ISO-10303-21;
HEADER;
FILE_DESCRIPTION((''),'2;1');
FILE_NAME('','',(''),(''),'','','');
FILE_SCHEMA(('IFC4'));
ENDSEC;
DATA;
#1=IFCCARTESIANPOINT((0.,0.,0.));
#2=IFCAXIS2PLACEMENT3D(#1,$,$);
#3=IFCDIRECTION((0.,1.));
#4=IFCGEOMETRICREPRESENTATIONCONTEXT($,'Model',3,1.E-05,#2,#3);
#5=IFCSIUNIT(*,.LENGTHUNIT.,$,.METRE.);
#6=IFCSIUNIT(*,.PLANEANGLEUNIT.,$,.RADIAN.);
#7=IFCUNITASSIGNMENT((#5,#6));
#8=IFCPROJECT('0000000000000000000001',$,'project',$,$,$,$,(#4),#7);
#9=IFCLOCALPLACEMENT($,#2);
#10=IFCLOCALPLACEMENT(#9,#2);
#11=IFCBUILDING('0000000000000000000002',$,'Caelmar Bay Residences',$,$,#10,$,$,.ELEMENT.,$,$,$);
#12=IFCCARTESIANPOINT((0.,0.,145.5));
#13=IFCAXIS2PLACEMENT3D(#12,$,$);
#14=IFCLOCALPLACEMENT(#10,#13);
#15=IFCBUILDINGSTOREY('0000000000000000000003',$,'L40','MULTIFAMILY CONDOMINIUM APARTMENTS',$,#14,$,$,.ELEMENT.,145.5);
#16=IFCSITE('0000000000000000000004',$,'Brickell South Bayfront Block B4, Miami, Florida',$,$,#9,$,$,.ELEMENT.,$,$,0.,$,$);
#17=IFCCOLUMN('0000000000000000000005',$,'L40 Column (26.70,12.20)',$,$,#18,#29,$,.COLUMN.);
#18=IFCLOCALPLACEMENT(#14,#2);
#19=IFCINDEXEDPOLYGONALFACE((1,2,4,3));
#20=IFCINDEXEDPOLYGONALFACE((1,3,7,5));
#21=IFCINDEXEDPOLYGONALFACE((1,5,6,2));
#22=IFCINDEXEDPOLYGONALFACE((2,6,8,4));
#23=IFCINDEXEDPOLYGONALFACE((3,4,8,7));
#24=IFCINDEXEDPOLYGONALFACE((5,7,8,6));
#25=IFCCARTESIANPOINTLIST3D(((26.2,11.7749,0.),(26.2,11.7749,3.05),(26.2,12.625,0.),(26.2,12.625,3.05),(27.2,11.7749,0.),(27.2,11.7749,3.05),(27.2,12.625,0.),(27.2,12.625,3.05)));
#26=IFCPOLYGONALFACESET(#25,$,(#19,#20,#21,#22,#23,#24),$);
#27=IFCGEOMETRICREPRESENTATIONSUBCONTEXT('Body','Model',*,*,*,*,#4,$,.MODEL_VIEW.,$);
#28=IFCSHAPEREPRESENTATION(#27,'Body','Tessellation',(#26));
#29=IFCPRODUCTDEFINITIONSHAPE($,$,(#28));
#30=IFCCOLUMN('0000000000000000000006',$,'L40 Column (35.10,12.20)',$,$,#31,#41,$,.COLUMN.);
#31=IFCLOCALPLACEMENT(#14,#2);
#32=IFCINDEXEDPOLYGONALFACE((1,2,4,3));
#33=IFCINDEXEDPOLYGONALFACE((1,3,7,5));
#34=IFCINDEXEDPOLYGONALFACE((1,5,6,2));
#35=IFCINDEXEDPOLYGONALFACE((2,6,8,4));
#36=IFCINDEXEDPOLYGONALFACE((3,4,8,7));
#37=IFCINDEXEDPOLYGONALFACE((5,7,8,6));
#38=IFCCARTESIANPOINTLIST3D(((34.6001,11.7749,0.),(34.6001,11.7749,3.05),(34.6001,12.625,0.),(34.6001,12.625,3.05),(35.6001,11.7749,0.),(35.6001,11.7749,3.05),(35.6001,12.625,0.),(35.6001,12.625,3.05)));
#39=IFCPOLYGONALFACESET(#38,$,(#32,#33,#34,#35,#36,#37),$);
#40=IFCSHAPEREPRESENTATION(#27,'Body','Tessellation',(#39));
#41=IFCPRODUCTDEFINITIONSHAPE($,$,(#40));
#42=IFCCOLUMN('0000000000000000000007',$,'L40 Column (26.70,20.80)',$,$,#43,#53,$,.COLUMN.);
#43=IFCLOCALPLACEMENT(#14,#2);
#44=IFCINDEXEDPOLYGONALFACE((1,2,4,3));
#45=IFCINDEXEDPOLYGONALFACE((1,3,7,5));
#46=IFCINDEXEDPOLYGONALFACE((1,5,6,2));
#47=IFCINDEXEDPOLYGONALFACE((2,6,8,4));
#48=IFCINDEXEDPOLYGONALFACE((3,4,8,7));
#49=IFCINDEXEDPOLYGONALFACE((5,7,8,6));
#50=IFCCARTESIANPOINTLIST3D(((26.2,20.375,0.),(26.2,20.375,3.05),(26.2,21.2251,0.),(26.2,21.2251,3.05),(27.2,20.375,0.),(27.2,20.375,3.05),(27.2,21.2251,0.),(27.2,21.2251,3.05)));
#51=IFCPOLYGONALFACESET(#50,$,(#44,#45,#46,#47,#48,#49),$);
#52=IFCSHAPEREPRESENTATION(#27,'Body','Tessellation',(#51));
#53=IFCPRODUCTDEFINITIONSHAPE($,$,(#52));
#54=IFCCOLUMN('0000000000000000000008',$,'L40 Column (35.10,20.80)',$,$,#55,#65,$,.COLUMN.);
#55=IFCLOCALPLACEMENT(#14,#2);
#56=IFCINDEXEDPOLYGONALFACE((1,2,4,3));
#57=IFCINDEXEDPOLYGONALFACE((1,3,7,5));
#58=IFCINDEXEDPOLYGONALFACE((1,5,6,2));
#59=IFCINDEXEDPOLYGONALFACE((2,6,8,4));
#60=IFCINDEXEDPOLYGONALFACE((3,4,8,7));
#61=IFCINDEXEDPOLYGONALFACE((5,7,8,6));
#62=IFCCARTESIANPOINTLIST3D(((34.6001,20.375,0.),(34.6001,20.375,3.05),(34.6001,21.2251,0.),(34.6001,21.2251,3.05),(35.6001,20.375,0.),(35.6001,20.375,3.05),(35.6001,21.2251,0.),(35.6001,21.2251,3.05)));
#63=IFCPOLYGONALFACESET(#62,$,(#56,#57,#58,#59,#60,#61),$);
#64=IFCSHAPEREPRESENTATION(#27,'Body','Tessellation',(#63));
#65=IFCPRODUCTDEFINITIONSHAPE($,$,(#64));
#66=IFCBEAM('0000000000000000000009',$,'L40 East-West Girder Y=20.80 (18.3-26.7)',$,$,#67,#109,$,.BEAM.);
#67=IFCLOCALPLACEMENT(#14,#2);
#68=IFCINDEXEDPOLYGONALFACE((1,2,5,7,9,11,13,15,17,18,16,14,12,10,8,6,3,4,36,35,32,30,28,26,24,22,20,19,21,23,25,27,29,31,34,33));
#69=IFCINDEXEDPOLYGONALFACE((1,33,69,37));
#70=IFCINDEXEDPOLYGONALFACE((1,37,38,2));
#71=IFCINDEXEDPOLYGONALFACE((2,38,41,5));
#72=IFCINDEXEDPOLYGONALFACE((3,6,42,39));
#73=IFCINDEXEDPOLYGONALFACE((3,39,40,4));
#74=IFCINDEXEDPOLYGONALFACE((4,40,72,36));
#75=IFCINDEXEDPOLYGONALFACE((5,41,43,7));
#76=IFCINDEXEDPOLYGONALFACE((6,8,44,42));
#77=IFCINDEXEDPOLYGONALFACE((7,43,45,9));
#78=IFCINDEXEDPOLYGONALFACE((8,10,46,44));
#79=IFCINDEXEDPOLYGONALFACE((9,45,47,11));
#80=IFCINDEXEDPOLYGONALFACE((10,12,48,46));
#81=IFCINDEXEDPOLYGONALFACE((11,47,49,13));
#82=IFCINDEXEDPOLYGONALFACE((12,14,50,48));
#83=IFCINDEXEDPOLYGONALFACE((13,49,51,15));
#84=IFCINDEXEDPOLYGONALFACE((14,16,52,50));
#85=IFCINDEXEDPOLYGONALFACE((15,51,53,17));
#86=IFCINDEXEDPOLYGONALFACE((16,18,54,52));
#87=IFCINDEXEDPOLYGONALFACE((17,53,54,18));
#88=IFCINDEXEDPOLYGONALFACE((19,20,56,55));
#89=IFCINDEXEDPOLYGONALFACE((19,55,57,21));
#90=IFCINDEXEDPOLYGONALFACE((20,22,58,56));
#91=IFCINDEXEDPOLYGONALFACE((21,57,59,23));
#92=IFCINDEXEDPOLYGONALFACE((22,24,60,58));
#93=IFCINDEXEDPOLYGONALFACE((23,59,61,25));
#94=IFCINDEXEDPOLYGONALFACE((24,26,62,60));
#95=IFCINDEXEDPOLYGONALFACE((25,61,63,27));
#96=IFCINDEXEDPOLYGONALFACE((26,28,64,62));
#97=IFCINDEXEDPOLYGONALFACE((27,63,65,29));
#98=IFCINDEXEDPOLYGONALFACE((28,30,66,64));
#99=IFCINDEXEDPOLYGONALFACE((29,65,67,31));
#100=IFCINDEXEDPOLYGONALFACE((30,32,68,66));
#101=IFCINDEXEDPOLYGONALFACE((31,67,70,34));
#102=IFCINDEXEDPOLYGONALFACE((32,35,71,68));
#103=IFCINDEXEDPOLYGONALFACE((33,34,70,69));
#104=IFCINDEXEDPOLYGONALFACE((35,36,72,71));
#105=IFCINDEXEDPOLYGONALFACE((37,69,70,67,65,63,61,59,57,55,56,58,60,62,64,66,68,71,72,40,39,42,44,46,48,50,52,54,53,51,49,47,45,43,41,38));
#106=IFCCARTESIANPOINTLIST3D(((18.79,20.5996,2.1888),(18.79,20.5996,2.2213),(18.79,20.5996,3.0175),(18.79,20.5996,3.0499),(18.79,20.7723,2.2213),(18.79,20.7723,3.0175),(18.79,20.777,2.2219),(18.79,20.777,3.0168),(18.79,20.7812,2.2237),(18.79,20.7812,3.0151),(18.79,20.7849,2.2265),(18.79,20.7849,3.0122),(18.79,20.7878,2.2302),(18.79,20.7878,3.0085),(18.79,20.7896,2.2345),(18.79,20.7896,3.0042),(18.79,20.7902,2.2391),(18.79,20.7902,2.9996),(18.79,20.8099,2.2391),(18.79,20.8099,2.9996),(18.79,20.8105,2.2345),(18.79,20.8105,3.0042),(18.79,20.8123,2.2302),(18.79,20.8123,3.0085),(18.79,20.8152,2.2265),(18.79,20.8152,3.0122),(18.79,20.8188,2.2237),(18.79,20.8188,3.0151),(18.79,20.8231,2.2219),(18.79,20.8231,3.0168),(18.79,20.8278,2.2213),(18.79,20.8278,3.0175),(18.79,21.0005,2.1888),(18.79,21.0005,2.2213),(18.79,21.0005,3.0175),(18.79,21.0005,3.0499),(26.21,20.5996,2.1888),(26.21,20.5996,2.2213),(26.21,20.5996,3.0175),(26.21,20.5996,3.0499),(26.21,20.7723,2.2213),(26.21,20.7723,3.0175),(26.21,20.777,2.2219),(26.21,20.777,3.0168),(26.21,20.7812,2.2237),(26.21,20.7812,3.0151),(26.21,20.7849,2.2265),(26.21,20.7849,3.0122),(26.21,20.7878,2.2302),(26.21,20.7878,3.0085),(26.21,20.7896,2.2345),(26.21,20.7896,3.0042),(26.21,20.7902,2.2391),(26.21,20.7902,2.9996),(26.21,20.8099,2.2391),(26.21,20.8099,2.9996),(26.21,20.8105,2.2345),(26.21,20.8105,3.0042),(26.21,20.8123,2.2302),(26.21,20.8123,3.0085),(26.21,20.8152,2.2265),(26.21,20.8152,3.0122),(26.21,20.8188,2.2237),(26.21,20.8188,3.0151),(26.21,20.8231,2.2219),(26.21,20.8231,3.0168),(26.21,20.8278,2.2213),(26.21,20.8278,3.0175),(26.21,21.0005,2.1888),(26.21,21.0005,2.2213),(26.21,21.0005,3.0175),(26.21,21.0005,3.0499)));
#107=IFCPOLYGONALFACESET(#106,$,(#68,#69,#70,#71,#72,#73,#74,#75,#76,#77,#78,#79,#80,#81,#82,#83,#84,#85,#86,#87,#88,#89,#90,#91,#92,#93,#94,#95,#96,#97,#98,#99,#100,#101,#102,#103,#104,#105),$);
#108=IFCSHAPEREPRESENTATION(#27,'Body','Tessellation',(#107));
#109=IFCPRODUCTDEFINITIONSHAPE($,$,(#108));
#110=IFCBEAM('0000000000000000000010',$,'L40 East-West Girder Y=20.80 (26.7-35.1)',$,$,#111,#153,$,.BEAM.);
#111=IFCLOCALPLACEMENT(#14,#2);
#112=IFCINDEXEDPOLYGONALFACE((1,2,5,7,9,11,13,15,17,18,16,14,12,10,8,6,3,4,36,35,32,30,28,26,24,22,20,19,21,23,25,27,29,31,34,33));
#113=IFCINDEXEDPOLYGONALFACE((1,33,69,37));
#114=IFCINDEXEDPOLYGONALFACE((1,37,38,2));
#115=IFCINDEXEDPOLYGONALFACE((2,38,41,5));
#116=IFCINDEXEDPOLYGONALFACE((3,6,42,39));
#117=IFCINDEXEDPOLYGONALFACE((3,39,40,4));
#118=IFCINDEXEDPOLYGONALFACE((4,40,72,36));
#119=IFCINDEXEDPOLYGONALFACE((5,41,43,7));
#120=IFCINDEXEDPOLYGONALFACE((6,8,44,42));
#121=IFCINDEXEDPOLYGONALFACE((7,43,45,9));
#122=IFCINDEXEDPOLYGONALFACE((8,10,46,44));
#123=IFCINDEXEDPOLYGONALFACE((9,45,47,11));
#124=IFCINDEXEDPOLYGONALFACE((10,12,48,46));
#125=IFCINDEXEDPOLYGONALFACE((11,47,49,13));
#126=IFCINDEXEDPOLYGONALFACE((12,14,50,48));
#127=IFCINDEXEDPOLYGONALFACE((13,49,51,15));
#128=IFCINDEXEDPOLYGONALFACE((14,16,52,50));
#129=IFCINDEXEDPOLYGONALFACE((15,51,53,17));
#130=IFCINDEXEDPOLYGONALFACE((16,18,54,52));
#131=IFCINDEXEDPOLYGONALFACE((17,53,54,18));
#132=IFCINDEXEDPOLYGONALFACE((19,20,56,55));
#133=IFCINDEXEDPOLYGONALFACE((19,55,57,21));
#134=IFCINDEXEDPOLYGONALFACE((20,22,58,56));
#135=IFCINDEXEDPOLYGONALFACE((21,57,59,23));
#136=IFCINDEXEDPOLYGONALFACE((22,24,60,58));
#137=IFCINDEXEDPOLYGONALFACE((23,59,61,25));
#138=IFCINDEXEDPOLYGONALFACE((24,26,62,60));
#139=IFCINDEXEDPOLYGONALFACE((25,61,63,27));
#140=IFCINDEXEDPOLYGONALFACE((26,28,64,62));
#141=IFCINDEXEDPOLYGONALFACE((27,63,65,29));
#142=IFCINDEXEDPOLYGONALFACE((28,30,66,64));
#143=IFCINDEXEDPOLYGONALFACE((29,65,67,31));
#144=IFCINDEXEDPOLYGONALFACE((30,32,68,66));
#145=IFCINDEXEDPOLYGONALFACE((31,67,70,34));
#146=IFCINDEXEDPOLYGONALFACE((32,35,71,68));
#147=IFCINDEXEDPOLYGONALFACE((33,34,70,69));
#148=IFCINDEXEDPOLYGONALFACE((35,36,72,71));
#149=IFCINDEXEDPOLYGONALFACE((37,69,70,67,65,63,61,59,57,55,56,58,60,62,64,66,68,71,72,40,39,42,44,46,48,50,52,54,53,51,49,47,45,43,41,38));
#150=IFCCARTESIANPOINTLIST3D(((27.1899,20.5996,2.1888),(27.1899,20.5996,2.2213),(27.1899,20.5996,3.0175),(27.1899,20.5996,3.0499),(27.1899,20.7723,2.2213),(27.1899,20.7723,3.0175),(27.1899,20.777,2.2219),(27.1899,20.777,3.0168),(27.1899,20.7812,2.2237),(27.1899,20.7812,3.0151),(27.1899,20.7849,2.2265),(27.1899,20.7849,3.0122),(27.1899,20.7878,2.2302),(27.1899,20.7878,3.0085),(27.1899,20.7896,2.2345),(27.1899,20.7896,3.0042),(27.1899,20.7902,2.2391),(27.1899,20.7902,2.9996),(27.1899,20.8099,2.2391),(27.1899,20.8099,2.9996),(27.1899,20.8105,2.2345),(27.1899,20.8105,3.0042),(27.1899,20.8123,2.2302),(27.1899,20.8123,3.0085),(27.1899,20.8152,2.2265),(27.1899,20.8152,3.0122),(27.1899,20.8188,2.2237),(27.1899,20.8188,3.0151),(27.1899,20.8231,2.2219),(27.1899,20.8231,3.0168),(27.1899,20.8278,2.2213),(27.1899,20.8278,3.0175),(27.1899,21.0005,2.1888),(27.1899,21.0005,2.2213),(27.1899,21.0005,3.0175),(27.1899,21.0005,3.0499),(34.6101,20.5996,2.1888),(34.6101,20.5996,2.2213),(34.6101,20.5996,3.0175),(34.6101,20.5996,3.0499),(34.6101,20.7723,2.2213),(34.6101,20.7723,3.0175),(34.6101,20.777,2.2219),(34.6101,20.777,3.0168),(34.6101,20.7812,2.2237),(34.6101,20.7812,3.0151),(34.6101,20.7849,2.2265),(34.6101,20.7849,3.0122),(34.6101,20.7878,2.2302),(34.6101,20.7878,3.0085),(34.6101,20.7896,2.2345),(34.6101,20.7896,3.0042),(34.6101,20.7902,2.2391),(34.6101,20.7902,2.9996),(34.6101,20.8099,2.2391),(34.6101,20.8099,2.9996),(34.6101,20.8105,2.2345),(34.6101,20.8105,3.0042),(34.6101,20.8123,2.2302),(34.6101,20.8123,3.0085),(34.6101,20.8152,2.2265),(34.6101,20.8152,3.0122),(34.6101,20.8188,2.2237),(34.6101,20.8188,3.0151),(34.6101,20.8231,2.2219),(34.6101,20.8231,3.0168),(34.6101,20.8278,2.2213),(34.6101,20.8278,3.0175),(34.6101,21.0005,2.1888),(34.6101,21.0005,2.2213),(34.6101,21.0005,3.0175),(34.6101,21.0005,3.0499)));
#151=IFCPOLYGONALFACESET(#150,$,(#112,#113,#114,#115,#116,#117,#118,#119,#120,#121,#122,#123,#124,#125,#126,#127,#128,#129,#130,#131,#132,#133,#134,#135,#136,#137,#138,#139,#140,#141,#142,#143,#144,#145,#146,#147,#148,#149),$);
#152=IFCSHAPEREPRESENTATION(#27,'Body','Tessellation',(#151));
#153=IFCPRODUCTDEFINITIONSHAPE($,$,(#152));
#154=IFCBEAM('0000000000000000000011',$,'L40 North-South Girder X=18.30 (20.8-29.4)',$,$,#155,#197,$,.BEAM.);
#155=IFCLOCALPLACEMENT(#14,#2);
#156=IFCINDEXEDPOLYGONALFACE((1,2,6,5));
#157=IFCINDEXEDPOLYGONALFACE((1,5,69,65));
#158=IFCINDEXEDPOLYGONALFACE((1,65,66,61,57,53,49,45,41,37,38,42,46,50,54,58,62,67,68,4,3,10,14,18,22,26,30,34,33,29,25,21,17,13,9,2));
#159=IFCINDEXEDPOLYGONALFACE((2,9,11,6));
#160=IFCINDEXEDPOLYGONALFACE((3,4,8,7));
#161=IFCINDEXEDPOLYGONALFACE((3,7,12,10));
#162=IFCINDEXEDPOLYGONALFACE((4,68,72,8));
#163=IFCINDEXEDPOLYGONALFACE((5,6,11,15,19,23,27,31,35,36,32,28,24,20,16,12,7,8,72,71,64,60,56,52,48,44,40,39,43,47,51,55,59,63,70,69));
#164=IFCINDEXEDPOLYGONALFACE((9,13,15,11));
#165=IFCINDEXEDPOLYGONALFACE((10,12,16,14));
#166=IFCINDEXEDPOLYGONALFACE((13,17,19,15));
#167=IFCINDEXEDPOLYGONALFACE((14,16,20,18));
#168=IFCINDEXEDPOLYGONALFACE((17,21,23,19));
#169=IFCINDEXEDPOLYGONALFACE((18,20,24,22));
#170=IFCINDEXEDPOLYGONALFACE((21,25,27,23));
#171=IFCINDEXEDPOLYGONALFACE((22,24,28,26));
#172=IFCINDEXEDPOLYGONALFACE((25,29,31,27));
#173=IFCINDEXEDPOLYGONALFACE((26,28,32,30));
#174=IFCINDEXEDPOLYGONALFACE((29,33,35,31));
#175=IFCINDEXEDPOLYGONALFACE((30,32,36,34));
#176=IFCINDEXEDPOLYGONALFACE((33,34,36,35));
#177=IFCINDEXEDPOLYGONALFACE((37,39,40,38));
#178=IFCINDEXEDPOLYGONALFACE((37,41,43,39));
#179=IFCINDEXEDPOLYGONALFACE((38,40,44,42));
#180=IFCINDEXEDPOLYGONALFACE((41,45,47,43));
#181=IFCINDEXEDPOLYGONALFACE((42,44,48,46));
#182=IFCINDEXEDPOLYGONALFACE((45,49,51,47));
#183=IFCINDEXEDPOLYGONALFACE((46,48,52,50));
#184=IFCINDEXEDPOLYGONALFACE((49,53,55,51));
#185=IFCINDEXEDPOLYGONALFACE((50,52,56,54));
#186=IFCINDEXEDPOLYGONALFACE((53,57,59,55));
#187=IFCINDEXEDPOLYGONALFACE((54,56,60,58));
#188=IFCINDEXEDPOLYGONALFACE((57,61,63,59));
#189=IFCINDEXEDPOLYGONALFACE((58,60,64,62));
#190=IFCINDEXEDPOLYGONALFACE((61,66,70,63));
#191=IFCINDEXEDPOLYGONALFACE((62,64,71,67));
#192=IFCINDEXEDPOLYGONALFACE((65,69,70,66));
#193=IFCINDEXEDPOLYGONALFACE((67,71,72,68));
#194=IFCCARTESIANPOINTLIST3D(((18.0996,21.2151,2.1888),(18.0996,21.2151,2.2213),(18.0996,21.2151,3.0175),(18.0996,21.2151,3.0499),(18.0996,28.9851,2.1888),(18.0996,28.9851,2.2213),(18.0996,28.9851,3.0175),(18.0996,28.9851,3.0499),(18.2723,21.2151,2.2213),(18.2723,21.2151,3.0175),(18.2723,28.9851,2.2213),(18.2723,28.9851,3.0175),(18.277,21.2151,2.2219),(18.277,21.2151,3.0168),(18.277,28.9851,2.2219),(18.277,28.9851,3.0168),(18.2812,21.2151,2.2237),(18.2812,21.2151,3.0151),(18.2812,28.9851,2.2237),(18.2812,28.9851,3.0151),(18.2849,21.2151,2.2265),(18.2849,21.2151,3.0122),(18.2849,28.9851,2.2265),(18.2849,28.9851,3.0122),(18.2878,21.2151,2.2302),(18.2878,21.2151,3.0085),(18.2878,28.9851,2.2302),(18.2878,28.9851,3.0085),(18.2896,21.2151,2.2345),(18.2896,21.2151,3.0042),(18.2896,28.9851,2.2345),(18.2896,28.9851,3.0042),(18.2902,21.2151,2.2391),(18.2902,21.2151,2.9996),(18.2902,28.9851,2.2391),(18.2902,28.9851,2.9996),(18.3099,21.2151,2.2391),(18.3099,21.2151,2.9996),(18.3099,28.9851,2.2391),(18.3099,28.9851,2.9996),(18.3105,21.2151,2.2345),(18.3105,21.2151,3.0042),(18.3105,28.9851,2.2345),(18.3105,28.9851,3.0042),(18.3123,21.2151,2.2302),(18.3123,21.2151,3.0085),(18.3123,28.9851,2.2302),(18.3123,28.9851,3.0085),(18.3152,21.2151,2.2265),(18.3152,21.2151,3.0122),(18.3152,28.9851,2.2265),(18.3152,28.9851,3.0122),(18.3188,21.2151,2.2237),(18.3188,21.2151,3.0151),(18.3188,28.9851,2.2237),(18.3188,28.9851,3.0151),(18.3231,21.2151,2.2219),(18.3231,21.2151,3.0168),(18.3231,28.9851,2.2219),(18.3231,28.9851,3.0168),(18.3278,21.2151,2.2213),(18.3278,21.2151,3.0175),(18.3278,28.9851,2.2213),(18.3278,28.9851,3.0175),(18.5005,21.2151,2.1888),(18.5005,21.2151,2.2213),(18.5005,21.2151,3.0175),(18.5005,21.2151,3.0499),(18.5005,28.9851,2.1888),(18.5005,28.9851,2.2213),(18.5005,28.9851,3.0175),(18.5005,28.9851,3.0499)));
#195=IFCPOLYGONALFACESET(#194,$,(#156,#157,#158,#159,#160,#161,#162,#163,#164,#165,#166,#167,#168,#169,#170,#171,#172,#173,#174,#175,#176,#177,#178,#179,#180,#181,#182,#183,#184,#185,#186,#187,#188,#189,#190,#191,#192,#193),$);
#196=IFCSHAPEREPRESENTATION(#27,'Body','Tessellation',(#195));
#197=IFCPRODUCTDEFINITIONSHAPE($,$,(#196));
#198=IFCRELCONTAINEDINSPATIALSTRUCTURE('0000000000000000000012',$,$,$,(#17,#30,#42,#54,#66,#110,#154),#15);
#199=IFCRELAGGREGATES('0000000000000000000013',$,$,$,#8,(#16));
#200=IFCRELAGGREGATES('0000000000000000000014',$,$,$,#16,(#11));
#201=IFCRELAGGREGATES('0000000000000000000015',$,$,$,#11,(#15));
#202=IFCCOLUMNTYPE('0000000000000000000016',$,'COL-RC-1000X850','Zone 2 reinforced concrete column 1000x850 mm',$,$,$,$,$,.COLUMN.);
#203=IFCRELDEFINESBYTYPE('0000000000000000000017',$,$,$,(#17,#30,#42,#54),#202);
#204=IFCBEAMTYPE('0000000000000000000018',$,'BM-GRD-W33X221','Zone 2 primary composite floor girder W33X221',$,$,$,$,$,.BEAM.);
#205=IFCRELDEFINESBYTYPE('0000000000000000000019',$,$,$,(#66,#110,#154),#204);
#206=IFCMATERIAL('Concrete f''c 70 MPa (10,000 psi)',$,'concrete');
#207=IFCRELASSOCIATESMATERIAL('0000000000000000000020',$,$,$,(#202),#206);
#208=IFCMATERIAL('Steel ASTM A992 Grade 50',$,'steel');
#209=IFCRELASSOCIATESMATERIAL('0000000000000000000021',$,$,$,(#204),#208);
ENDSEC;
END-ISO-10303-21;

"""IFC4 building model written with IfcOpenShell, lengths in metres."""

from ifc_helpers import new_model, si_unit, direction, frame, origin, origin_2d, place, context, subcontext, project, spatial, rectangle, i_section, extrude, material, material_profile, profile_set, type_object, element, save


model = new_model("IFC4")

# Units and contexts
model_context = context("Model", 3, precision=1e-05, world=origin(), true_north=direction((0.0, 1.0)))
body_context = subcontext(model_context, "Body", "Model", "MODEL_VIEW")
ifc_project = project(units=[si_unit("LENGTHUNIT", "METRE"), si_unit("PLANEANGLEUNIT", "RADIAN")], contexts=[model_context])

# Site, building, storey
site_placement = place(None, origin())
site = spatial("IfcSite", under=ifc_project, at=site_placement, Name="Brickell South Bayfront Block B4, Miami, Florida", CompositionType="ELEMENT", RefElevation=0.0)
building_placement = place(site_placement, origin())
building = spatial("IfcBuilding", under=site, at=building_placement, Name="Caelmar Bay Residences", CompositionType="ELEMENT")
storey_placement = place(building_placement, frame((0.0, 0.0, 145.5)))
storey = spatial("IfcBuildingStorey", under=building, at=storey_placement, Name="L40", Description="MULTIFAMILY CONDOMINIUM APARTMENTS", CompositionType="ELEMENT", Elevation=145.5)

# Columns
ifc_material_1 = material(Name="Concrete f'c 70 MPa (10,000 psi)", Category="concrete")
ifc_material_profile_1 = material_profile(ifc_material_1, rectangle(XDim=1.0, YDim=0.8501, at=origin_2d()), Name="RC-COL-1000X850")
ifc_profile_set_1 = profile_set([ifc_material_profile_1], Name="Concrete f'c 70 MPa (10,000 psi)")
column_type = type_object("IfcColumnType", Name="COL-RC-1000X850", Description="Zone 2 reinforced concrete column 1000x850 mm", PredefinedType="COLUMN", material=ifc_profile_set_1)
for number, where, z_axis, x_axis, name in (
    (1, (26.7, 12.2, 0.0), (0.0, 0.0, 1.0), (1.0, 0.0, 0.0), "L40 Column (26.70,12.20)"),
    (2, (35.1001, 12.2, 0.0), (0.0, 0.0, 1.0), (1.0, 0.0, 0.0), "L40 Column (35.10,12.20)"),
    (3, (26.7, 20.8, 0.0), (0.0, 0.0, 1.0), (1.0, 0.0, 0.0), "L40 Column (26.70,20.80)"),
    (4, (35.1001, 20.8, 0.0), (0.0, 0.0, 1.0), (1.0, 0.0, 0.0), "L40 Column (35.10,20.80)"),
):
    element("IfcColumn", number, at=place(storey_placement, frame(where, z_axis=z_axis, x_axis=x_axis)), inside=storey, type_object=column_type, Name=name, PredefinedType="COLUMN", context=body_context, shape_type="SweptSolid", body=[
        extrude(rectangle(XDim=1.0, YDim=0.8501, at=origin_2d()), origin(), (0.0, 0.0, 1.0), 3.05),
    ])

# Beams
ifc_material_2 = material(Name="Steel ASTM A992 Grade 50", Category="steel")
ifc_material_profile_2 = material_profile(ifc_material_2, i_section(OverallWidth=0.4009, OverallDepth=0.8611, WebThickness=0.0198, FlangeThickness=0.0325, FilletRadius=0.0178, at=origin_2d()), Name="W33X221")
ifc_profile_set_2 = profile_set([ifc_material_profile_2], Name="Steel ASTM A992 Grade 50")
beam_type_1 = type_object("IfcBeamType", Name="BM-GRD-W33X221", Description="Zone 2 primary composite floor girder W33X221", PredefinedType="BEAM", material=ifc_profile_set_2)
beam_1_placement = place(storey_placement, frame((18.79, 20.8, 2.6194), z_axis=(1.0, 0.0, 0.0), x_axis=(0.0, 1.0, 0.0)))
element("IfcBeam", 5, at=beam_1_placement, inside=storey, type_object=beam_type_1, Name="L40 East-West Girder Y=20.80 (18.3-26.7)", PredefinedType="BEAM", context=body_context, shape_type="SweptSolid", body=[
    extrude(i_section(OverallWidth=0.4009, OverallDepth=0.8611, WebThickness=0.0198, FlangeThickness=0.0325, FilletRadius=0.0178, at=origin_2d()), origin(), (0.0, 0.0, 1.0), 7.4199),
])
beam_2_placement = place(storey_placement, frame((27.1899, 20.8, 2.6194), z_axis=(1.0, 0.0, 0.0), x_axis=(0.0, 1.0, 0.0)))
element("IfcBeam", 6, at=beam_2_placement, inside=storey, type_object=beam_type_1, Name="L40 East-West Girder Y=20.80 (26.7-35.1)", PredefinedType="BEAM", context=body_context, shape_type="SweptSolid", body=[
    extrude(i_section(OverallWidth=0.4009, OverallDepth=0.8611, WebThickness=0.0198, FlangeThickness=0.0325, FilletRadius=0.0178, at=origin_2d()), origin(), (0.0, 0.0, 1.0), 7.4202),
])
for number, where, z_axis, x_axis, name in (
    (7, (18.3, 21.2151, 2.6194), (0.0, 1.0, 0.0), (-1.0, 0.0, 0.0), "L40 North-South Girder X=18.30 (20.8-29.4)"),
):
    element("IfcBeam", number, at=place(storey_placement, frame(where, z_axis=z_axis, x_axis=x_axis)), inside=storey, type_object=beam_type_1, Name=name, PredefinedType="BEAM", context=body_context, shape_type="SweptSolid", body=[
        extrude(i_section(OverallWidth=0.4009, OverallDepth=0.8611, WebThickness=0.0198, FlangeThickness=0.0325, FilletRadius=0.0178, at=origin_2d()), origin(), (0.0, 0.0, 1.0), 7.77),
    ])

save(model, "model.ifc")
